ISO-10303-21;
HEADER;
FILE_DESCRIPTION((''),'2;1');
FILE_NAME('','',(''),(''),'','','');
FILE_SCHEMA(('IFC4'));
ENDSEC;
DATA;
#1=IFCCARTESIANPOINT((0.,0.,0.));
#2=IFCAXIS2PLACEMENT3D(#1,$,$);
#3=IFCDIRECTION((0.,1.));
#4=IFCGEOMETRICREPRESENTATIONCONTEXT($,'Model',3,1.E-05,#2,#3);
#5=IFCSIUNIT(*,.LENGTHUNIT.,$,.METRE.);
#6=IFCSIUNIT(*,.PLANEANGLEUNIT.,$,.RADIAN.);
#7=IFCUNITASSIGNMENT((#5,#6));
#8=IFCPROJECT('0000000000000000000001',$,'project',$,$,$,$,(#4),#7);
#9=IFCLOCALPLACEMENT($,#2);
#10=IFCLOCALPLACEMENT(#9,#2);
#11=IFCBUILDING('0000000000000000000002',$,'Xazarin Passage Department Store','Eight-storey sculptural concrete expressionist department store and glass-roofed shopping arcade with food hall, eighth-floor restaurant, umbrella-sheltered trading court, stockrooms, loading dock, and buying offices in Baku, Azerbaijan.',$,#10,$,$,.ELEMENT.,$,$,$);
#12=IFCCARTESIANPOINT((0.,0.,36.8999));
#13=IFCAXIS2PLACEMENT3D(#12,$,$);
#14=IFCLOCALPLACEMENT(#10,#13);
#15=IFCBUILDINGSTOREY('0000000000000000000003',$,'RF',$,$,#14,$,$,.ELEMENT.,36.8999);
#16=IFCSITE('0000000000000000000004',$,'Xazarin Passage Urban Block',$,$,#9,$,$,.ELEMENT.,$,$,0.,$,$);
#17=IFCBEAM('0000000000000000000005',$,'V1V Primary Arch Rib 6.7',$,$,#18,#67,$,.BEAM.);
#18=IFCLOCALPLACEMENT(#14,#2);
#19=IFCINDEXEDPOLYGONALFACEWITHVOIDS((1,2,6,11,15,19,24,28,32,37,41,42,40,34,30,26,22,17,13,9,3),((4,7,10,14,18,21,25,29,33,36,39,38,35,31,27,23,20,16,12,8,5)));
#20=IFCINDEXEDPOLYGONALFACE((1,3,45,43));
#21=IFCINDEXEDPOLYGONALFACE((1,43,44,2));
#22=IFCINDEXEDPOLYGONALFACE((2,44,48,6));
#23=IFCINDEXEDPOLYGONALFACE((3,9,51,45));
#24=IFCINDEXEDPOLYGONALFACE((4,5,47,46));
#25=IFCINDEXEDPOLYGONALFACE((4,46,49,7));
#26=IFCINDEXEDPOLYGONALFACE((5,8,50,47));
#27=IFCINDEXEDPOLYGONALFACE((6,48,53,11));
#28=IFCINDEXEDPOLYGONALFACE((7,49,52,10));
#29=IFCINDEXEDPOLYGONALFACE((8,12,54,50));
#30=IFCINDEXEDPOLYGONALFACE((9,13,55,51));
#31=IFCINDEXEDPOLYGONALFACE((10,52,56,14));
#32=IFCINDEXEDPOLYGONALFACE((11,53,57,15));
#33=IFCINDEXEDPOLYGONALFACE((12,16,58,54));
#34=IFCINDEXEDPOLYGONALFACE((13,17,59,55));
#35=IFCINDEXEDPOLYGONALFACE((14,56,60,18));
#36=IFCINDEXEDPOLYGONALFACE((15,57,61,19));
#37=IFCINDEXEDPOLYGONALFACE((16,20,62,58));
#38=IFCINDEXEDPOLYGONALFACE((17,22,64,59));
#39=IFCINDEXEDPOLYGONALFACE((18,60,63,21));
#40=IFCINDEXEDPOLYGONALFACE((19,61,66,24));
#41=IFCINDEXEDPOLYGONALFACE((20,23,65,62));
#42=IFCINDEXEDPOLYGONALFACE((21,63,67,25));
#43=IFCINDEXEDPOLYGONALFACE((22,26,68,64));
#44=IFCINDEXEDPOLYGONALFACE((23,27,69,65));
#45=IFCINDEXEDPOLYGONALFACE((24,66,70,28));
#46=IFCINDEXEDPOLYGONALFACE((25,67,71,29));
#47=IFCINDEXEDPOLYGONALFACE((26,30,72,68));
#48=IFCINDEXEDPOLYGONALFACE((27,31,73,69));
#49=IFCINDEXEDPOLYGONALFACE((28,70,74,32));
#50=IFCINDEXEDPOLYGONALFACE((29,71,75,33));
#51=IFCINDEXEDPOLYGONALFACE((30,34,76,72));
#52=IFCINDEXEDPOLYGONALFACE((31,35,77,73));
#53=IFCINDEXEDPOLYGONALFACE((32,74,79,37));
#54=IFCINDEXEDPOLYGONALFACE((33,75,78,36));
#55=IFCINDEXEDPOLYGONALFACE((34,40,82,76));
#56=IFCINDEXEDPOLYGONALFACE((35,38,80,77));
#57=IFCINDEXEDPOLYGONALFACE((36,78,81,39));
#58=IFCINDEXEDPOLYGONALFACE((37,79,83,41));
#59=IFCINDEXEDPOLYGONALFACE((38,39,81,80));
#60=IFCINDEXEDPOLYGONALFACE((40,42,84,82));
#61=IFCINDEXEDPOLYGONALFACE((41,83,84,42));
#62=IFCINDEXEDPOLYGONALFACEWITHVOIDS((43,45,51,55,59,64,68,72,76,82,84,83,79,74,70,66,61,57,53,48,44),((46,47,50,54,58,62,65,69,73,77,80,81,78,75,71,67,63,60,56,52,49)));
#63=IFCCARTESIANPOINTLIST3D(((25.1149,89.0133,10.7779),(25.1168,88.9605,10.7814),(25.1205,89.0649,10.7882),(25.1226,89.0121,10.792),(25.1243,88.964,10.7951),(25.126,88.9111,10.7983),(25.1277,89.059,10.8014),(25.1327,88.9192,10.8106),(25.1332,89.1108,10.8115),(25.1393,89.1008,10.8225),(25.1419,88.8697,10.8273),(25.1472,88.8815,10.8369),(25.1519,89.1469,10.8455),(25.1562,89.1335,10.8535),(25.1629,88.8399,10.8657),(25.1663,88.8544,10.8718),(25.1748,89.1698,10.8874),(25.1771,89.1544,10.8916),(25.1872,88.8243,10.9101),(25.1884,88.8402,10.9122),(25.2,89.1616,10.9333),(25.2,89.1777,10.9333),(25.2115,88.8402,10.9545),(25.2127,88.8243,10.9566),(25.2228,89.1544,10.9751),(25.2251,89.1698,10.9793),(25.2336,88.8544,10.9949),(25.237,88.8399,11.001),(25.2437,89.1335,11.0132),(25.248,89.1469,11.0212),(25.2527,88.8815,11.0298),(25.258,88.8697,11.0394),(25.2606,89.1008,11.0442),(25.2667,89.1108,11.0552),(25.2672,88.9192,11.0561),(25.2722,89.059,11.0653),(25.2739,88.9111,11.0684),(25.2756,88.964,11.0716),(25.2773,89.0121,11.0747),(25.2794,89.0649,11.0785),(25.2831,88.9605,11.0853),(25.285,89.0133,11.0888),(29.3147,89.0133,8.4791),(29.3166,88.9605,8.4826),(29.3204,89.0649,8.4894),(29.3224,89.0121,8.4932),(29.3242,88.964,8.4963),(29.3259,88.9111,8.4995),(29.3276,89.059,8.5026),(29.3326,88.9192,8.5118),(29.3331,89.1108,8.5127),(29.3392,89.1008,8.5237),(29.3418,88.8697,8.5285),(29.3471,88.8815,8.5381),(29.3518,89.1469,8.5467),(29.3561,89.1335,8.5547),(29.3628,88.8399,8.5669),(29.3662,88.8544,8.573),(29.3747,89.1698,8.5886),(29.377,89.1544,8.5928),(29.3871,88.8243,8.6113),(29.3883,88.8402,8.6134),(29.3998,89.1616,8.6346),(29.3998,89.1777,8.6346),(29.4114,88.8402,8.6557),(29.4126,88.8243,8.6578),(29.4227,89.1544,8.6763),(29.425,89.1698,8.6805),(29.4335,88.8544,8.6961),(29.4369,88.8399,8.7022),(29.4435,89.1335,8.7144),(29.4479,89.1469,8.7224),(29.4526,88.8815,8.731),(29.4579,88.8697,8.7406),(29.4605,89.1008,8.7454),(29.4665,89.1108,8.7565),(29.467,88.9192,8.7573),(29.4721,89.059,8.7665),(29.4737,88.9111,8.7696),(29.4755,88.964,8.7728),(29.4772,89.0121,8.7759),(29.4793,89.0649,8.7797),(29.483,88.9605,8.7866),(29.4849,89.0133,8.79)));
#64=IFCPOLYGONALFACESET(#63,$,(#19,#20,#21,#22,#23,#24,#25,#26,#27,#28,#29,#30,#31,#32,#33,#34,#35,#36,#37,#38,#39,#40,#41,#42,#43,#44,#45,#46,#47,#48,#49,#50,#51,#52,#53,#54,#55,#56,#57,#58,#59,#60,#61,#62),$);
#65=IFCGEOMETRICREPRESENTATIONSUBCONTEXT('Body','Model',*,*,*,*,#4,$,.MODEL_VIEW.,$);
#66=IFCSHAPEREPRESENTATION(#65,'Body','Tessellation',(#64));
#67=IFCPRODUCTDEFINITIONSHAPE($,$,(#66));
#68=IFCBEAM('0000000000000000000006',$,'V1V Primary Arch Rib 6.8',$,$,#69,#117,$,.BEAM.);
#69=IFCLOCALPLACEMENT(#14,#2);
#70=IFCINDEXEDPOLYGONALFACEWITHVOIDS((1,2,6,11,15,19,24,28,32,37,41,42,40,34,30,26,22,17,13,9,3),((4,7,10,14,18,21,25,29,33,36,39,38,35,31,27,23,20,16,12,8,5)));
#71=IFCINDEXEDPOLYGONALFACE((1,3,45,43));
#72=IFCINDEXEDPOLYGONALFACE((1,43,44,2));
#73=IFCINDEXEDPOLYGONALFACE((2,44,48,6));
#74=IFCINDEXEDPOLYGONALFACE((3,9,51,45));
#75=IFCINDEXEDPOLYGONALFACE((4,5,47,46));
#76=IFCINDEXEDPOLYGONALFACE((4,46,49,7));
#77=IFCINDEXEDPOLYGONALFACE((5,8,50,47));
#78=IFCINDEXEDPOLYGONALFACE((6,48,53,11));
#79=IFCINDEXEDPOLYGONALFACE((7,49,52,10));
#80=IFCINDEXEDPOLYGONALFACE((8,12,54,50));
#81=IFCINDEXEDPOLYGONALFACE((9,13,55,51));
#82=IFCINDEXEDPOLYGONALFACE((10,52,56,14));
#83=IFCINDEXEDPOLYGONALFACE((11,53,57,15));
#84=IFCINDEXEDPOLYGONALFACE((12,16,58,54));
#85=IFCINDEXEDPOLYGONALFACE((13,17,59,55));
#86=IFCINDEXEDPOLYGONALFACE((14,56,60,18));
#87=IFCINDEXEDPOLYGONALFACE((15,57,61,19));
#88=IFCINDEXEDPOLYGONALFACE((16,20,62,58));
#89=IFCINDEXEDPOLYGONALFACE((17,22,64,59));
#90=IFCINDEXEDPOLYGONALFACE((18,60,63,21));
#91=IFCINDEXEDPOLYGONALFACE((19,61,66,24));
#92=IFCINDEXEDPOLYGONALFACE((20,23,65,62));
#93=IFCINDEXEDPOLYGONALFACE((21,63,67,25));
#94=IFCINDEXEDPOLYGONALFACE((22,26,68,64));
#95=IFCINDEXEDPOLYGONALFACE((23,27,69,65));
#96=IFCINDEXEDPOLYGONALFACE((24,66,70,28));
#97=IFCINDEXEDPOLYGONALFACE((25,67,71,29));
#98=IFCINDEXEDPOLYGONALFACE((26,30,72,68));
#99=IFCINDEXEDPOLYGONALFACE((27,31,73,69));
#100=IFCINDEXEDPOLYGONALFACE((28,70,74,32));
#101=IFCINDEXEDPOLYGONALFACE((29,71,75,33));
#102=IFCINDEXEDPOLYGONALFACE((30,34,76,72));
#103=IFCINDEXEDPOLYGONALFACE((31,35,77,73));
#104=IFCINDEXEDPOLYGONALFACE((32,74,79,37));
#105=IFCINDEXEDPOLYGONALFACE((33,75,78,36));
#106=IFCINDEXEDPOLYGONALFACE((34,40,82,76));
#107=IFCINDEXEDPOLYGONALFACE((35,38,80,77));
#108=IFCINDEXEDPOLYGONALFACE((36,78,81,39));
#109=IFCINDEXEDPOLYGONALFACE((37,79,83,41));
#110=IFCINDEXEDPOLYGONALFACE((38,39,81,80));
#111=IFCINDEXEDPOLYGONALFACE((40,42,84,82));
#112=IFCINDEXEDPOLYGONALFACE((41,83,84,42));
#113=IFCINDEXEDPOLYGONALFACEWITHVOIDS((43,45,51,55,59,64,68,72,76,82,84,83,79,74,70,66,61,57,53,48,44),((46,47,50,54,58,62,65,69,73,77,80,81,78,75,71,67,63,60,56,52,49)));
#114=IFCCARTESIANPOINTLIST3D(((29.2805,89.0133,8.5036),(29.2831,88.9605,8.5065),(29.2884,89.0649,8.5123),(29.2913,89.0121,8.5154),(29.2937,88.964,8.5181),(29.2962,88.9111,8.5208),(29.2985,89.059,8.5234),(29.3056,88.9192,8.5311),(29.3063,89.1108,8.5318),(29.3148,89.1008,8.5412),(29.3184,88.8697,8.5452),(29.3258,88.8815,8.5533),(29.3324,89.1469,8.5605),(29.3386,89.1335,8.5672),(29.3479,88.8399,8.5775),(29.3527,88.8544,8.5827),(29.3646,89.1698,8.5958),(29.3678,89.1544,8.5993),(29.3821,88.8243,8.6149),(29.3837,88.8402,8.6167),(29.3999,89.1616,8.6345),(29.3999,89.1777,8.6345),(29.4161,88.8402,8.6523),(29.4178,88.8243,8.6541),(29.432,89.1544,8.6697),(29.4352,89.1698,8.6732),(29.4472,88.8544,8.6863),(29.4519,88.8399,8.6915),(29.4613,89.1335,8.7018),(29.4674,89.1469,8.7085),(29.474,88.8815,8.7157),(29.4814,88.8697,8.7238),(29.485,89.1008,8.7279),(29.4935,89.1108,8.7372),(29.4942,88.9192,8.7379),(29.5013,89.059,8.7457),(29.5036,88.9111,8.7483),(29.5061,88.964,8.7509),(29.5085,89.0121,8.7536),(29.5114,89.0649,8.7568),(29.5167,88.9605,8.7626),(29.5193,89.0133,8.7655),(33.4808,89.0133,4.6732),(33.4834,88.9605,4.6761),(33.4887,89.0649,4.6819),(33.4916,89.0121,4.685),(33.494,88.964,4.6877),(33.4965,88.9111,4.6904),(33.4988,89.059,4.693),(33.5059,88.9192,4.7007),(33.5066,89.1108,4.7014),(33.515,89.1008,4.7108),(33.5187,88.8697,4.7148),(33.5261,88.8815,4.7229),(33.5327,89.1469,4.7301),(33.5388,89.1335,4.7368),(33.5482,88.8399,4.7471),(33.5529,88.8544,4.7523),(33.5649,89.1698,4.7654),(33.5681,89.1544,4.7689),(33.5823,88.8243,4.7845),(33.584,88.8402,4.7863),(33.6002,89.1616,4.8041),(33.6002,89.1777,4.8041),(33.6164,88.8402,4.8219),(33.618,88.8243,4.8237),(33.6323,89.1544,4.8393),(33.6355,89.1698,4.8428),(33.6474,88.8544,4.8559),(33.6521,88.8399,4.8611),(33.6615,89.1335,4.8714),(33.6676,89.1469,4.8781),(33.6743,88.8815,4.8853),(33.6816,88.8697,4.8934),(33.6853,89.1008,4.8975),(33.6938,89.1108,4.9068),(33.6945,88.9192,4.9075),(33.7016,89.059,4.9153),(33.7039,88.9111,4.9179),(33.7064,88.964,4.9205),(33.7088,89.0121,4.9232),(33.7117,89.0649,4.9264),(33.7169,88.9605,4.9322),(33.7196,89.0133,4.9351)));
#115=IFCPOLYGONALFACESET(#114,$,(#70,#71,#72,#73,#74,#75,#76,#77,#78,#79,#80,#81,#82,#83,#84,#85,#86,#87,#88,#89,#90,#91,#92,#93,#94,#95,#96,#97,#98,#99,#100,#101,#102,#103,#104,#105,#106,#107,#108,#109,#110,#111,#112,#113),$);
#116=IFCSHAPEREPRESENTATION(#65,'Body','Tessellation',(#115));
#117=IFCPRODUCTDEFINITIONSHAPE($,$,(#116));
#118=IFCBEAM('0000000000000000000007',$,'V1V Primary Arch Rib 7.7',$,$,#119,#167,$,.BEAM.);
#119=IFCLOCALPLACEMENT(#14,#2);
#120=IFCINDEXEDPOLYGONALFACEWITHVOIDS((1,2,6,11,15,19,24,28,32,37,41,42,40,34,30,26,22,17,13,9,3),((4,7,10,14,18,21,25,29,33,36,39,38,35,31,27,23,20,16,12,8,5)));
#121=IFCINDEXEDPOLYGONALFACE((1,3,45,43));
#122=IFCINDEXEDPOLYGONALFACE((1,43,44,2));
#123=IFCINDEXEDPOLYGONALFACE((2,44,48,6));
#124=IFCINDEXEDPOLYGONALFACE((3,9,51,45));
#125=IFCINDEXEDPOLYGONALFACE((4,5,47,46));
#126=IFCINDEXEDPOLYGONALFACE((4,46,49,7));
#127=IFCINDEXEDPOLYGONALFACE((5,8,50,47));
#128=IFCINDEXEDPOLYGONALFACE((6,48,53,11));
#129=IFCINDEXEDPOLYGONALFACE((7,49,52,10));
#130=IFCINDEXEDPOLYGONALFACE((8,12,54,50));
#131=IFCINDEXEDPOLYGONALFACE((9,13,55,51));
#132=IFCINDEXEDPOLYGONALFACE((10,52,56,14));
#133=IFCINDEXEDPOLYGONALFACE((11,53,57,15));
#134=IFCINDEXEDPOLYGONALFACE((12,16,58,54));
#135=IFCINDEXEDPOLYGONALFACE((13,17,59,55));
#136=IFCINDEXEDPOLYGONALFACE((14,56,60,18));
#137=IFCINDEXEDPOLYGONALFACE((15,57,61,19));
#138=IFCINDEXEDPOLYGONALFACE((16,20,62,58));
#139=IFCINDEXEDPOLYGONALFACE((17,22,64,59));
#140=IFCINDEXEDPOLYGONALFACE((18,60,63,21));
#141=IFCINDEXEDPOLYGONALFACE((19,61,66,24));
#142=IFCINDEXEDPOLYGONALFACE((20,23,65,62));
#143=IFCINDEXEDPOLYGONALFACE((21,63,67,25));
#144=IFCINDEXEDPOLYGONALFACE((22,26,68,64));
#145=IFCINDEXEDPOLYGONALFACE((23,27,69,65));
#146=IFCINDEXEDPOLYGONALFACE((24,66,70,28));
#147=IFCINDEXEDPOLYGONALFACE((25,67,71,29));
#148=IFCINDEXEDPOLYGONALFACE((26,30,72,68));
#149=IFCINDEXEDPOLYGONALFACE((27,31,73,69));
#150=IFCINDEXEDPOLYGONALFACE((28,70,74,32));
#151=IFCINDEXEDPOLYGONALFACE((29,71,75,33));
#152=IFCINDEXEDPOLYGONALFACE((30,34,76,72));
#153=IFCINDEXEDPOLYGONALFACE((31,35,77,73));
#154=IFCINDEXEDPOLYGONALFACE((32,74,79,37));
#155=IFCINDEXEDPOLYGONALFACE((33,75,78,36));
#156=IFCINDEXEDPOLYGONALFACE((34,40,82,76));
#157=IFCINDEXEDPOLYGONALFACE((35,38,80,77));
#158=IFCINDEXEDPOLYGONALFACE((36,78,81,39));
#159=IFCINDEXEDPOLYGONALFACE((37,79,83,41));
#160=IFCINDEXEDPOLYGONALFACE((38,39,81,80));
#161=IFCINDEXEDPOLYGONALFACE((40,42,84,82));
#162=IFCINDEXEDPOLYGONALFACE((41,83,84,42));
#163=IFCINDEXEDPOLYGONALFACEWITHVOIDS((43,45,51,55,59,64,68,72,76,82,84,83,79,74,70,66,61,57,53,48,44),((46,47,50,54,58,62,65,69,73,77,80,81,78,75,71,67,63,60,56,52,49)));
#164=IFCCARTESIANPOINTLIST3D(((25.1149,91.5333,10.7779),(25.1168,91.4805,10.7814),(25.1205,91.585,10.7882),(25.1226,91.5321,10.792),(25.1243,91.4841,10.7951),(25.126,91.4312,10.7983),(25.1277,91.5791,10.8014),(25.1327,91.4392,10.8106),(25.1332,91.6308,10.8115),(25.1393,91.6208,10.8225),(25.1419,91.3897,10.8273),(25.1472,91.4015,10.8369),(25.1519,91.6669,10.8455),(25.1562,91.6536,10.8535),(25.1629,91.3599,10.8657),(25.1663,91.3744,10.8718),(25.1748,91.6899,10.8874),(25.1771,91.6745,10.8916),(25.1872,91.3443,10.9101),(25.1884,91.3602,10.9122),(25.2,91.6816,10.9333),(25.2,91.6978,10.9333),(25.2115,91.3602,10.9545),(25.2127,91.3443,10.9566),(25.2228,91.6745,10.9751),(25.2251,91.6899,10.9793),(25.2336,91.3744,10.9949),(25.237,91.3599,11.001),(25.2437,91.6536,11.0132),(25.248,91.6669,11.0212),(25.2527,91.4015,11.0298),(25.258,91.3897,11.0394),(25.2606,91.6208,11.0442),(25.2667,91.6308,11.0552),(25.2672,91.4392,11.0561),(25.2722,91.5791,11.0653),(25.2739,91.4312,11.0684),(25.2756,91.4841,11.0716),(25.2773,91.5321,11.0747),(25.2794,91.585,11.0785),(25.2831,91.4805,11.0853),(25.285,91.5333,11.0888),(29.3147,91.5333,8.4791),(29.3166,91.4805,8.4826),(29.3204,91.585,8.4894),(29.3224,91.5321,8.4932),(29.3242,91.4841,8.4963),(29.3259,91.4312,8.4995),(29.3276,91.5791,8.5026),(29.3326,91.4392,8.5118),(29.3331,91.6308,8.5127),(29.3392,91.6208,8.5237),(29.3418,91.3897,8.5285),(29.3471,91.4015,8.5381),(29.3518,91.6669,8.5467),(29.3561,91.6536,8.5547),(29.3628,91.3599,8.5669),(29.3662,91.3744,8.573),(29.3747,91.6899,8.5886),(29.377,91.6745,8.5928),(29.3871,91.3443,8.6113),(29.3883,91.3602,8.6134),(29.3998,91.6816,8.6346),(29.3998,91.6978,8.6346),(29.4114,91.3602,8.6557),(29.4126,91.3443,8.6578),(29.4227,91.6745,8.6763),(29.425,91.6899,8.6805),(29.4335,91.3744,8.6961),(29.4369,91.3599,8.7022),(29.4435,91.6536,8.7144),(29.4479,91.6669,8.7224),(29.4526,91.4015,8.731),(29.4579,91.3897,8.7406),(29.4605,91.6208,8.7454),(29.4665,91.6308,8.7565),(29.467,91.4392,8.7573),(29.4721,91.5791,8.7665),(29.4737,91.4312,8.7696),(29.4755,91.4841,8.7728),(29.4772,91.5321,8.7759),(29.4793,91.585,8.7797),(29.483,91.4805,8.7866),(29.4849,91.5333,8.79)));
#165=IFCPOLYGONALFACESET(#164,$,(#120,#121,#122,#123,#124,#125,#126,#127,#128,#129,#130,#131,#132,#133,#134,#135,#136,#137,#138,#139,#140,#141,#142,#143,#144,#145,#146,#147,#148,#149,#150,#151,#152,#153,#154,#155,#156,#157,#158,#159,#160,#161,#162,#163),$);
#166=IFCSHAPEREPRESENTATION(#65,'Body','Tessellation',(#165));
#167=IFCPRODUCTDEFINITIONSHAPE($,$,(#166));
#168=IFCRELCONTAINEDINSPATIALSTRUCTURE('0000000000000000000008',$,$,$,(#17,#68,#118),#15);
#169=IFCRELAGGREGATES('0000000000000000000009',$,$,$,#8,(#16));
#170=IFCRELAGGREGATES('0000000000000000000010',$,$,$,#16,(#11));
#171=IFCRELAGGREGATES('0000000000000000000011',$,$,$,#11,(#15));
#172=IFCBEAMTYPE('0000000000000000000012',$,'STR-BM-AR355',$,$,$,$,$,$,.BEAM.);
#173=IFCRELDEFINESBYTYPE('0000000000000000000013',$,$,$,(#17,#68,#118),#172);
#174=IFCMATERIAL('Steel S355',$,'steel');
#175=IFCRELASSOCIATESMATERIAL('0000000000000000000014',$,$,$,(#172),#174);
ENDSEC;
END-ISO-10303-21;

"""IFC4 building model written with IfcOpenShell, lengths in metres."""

from ifc_helpers import new_model, si_unit, direction, frame, origin, origin_2d, place, context, subcontext, project, spatial, hollow_circle, extrude, material, material_profile, profile_set, type_object, element, save


model = new_model("IFC4")

# Units and contexts
model_context = context("Model", 3, precision=1e-05, world=origin(), true_north=direction((0.0, 1.0)))
body_context = subcontext(model_context, "Body", "Model", "MODEL_VIEW")
ifc_project = project(units=[si_unit("LENGTHUNIT", "METRE"), si_unit("PLANEANGLEUNIT", "RADIAN")], contexts=[model_context])

# Site, building, storey
site_placement = place(None, origin())
site = spatial("IfcSite", under=ifc_project, at=site_placement, Name="Xazarin Passage Urban Block", CompositionType="ELEMENT", RefElevation=0.0)
building_placement = place(site_placement, origin())
building = spatial("IfcBuilding", under=site, at=building_placement, Name="Xazarin Passage Department Store", Description="Eight-storey sculptural concrete expressionist department store and glass-roofed shopping arcade with food hall, eighth-floor restaurant, umbrella-sheltered trading court, stockrooms, loading dock, and buying offices in Baku, Azerbaijan.", CompositionType="ELEMENT")
storey_placement = place(building_placement, frame((0.0, 0.0, 36.8999)))
storey = spatial("IfcBuildingStorey", under=building, at=storey_placement, Name="RF", CompositionType="ELEMENT", Elevation=36.8999)

# Beams
ifc_material_1 = material(Name="Steel S355", Category="steel")
ifc_material_profile_1 = material_profile(ifc_material_1, hollow_circle(Radius=0.1777, WallThickness=0.0161, at=origin_2d()), Name="CHS 355.6x16")
ifc_profile_set_1 = profile_set([ifc_material_profile_1], Name="Steel S355")
beam_type_1 = type_object("IfcBeamType", Name="STR-BM-AR355", PredefinedType="BEAM", material=ifc_profile_set_1)
beam_1_placement = place(storey_placement, frame((25.2, 89.0, 10.9333), z_axis=(0.877197, 0.0, -0.480131), x_axis=(0.0, 1.0, 0.0)))
element("IfcBeam", 1, at=beam_1_placement, inside=storey, type_object=beam_type_1, Name="V1V Primary Arch Rib 6.7", PredefinedType="BEAM", context=body_context, shape_type="SweptSolid", body=[
    extrude(hollow_circle(Radius=0.1777, WallThickness=0.0161, at=origin_2d()), origin(), (0.0, 0.0, 1.0), 4.7878),
])
beam_2_placement = place(storey_placement, frame((29.3999, 89.0, 8.6345), z_axis=(0.738892, 0.0, -0.673824), x_axis=(0.0, 1.0, 0.0)))
element("IfcBeam", 2, at=beam_2_placement, inside=storey, type_object=beam_type_1, Name="V1V Primary Arch Rib 6.8", PredefinedType="BEAM", context=body_context, shape_type="SweptSolid", body=[
    extrude(hollow_circle(Radius=0.1777, WallThickness=0.0161, at=origin_2d()), origin(), (0.0, 0.0, 1.0), 5.6846),
])
beam_3_placement = place(storey_placement, frame((25.2, 91.52, 10.9333), z_axis=(0.877197, 0.0, -0.480131), x_axis=(0.0, 1.0, 0.0)))
element("IfcBeam", 3, at=beam_3_placement, inside=storey, type_object=beam_type_1, Name="V1V Primary Arch Rib 7.7", PredefinedType="BEAM", context=body_context, shape_type="SweptSolid", body=[
    extrude(hollow_circle(Radius=0.1777, WallThickness=0.0161, at=origin_2d()), origin(), (0.0, 0.0, 1.0), 4.7878),
])

save(model, "model.ifc")
